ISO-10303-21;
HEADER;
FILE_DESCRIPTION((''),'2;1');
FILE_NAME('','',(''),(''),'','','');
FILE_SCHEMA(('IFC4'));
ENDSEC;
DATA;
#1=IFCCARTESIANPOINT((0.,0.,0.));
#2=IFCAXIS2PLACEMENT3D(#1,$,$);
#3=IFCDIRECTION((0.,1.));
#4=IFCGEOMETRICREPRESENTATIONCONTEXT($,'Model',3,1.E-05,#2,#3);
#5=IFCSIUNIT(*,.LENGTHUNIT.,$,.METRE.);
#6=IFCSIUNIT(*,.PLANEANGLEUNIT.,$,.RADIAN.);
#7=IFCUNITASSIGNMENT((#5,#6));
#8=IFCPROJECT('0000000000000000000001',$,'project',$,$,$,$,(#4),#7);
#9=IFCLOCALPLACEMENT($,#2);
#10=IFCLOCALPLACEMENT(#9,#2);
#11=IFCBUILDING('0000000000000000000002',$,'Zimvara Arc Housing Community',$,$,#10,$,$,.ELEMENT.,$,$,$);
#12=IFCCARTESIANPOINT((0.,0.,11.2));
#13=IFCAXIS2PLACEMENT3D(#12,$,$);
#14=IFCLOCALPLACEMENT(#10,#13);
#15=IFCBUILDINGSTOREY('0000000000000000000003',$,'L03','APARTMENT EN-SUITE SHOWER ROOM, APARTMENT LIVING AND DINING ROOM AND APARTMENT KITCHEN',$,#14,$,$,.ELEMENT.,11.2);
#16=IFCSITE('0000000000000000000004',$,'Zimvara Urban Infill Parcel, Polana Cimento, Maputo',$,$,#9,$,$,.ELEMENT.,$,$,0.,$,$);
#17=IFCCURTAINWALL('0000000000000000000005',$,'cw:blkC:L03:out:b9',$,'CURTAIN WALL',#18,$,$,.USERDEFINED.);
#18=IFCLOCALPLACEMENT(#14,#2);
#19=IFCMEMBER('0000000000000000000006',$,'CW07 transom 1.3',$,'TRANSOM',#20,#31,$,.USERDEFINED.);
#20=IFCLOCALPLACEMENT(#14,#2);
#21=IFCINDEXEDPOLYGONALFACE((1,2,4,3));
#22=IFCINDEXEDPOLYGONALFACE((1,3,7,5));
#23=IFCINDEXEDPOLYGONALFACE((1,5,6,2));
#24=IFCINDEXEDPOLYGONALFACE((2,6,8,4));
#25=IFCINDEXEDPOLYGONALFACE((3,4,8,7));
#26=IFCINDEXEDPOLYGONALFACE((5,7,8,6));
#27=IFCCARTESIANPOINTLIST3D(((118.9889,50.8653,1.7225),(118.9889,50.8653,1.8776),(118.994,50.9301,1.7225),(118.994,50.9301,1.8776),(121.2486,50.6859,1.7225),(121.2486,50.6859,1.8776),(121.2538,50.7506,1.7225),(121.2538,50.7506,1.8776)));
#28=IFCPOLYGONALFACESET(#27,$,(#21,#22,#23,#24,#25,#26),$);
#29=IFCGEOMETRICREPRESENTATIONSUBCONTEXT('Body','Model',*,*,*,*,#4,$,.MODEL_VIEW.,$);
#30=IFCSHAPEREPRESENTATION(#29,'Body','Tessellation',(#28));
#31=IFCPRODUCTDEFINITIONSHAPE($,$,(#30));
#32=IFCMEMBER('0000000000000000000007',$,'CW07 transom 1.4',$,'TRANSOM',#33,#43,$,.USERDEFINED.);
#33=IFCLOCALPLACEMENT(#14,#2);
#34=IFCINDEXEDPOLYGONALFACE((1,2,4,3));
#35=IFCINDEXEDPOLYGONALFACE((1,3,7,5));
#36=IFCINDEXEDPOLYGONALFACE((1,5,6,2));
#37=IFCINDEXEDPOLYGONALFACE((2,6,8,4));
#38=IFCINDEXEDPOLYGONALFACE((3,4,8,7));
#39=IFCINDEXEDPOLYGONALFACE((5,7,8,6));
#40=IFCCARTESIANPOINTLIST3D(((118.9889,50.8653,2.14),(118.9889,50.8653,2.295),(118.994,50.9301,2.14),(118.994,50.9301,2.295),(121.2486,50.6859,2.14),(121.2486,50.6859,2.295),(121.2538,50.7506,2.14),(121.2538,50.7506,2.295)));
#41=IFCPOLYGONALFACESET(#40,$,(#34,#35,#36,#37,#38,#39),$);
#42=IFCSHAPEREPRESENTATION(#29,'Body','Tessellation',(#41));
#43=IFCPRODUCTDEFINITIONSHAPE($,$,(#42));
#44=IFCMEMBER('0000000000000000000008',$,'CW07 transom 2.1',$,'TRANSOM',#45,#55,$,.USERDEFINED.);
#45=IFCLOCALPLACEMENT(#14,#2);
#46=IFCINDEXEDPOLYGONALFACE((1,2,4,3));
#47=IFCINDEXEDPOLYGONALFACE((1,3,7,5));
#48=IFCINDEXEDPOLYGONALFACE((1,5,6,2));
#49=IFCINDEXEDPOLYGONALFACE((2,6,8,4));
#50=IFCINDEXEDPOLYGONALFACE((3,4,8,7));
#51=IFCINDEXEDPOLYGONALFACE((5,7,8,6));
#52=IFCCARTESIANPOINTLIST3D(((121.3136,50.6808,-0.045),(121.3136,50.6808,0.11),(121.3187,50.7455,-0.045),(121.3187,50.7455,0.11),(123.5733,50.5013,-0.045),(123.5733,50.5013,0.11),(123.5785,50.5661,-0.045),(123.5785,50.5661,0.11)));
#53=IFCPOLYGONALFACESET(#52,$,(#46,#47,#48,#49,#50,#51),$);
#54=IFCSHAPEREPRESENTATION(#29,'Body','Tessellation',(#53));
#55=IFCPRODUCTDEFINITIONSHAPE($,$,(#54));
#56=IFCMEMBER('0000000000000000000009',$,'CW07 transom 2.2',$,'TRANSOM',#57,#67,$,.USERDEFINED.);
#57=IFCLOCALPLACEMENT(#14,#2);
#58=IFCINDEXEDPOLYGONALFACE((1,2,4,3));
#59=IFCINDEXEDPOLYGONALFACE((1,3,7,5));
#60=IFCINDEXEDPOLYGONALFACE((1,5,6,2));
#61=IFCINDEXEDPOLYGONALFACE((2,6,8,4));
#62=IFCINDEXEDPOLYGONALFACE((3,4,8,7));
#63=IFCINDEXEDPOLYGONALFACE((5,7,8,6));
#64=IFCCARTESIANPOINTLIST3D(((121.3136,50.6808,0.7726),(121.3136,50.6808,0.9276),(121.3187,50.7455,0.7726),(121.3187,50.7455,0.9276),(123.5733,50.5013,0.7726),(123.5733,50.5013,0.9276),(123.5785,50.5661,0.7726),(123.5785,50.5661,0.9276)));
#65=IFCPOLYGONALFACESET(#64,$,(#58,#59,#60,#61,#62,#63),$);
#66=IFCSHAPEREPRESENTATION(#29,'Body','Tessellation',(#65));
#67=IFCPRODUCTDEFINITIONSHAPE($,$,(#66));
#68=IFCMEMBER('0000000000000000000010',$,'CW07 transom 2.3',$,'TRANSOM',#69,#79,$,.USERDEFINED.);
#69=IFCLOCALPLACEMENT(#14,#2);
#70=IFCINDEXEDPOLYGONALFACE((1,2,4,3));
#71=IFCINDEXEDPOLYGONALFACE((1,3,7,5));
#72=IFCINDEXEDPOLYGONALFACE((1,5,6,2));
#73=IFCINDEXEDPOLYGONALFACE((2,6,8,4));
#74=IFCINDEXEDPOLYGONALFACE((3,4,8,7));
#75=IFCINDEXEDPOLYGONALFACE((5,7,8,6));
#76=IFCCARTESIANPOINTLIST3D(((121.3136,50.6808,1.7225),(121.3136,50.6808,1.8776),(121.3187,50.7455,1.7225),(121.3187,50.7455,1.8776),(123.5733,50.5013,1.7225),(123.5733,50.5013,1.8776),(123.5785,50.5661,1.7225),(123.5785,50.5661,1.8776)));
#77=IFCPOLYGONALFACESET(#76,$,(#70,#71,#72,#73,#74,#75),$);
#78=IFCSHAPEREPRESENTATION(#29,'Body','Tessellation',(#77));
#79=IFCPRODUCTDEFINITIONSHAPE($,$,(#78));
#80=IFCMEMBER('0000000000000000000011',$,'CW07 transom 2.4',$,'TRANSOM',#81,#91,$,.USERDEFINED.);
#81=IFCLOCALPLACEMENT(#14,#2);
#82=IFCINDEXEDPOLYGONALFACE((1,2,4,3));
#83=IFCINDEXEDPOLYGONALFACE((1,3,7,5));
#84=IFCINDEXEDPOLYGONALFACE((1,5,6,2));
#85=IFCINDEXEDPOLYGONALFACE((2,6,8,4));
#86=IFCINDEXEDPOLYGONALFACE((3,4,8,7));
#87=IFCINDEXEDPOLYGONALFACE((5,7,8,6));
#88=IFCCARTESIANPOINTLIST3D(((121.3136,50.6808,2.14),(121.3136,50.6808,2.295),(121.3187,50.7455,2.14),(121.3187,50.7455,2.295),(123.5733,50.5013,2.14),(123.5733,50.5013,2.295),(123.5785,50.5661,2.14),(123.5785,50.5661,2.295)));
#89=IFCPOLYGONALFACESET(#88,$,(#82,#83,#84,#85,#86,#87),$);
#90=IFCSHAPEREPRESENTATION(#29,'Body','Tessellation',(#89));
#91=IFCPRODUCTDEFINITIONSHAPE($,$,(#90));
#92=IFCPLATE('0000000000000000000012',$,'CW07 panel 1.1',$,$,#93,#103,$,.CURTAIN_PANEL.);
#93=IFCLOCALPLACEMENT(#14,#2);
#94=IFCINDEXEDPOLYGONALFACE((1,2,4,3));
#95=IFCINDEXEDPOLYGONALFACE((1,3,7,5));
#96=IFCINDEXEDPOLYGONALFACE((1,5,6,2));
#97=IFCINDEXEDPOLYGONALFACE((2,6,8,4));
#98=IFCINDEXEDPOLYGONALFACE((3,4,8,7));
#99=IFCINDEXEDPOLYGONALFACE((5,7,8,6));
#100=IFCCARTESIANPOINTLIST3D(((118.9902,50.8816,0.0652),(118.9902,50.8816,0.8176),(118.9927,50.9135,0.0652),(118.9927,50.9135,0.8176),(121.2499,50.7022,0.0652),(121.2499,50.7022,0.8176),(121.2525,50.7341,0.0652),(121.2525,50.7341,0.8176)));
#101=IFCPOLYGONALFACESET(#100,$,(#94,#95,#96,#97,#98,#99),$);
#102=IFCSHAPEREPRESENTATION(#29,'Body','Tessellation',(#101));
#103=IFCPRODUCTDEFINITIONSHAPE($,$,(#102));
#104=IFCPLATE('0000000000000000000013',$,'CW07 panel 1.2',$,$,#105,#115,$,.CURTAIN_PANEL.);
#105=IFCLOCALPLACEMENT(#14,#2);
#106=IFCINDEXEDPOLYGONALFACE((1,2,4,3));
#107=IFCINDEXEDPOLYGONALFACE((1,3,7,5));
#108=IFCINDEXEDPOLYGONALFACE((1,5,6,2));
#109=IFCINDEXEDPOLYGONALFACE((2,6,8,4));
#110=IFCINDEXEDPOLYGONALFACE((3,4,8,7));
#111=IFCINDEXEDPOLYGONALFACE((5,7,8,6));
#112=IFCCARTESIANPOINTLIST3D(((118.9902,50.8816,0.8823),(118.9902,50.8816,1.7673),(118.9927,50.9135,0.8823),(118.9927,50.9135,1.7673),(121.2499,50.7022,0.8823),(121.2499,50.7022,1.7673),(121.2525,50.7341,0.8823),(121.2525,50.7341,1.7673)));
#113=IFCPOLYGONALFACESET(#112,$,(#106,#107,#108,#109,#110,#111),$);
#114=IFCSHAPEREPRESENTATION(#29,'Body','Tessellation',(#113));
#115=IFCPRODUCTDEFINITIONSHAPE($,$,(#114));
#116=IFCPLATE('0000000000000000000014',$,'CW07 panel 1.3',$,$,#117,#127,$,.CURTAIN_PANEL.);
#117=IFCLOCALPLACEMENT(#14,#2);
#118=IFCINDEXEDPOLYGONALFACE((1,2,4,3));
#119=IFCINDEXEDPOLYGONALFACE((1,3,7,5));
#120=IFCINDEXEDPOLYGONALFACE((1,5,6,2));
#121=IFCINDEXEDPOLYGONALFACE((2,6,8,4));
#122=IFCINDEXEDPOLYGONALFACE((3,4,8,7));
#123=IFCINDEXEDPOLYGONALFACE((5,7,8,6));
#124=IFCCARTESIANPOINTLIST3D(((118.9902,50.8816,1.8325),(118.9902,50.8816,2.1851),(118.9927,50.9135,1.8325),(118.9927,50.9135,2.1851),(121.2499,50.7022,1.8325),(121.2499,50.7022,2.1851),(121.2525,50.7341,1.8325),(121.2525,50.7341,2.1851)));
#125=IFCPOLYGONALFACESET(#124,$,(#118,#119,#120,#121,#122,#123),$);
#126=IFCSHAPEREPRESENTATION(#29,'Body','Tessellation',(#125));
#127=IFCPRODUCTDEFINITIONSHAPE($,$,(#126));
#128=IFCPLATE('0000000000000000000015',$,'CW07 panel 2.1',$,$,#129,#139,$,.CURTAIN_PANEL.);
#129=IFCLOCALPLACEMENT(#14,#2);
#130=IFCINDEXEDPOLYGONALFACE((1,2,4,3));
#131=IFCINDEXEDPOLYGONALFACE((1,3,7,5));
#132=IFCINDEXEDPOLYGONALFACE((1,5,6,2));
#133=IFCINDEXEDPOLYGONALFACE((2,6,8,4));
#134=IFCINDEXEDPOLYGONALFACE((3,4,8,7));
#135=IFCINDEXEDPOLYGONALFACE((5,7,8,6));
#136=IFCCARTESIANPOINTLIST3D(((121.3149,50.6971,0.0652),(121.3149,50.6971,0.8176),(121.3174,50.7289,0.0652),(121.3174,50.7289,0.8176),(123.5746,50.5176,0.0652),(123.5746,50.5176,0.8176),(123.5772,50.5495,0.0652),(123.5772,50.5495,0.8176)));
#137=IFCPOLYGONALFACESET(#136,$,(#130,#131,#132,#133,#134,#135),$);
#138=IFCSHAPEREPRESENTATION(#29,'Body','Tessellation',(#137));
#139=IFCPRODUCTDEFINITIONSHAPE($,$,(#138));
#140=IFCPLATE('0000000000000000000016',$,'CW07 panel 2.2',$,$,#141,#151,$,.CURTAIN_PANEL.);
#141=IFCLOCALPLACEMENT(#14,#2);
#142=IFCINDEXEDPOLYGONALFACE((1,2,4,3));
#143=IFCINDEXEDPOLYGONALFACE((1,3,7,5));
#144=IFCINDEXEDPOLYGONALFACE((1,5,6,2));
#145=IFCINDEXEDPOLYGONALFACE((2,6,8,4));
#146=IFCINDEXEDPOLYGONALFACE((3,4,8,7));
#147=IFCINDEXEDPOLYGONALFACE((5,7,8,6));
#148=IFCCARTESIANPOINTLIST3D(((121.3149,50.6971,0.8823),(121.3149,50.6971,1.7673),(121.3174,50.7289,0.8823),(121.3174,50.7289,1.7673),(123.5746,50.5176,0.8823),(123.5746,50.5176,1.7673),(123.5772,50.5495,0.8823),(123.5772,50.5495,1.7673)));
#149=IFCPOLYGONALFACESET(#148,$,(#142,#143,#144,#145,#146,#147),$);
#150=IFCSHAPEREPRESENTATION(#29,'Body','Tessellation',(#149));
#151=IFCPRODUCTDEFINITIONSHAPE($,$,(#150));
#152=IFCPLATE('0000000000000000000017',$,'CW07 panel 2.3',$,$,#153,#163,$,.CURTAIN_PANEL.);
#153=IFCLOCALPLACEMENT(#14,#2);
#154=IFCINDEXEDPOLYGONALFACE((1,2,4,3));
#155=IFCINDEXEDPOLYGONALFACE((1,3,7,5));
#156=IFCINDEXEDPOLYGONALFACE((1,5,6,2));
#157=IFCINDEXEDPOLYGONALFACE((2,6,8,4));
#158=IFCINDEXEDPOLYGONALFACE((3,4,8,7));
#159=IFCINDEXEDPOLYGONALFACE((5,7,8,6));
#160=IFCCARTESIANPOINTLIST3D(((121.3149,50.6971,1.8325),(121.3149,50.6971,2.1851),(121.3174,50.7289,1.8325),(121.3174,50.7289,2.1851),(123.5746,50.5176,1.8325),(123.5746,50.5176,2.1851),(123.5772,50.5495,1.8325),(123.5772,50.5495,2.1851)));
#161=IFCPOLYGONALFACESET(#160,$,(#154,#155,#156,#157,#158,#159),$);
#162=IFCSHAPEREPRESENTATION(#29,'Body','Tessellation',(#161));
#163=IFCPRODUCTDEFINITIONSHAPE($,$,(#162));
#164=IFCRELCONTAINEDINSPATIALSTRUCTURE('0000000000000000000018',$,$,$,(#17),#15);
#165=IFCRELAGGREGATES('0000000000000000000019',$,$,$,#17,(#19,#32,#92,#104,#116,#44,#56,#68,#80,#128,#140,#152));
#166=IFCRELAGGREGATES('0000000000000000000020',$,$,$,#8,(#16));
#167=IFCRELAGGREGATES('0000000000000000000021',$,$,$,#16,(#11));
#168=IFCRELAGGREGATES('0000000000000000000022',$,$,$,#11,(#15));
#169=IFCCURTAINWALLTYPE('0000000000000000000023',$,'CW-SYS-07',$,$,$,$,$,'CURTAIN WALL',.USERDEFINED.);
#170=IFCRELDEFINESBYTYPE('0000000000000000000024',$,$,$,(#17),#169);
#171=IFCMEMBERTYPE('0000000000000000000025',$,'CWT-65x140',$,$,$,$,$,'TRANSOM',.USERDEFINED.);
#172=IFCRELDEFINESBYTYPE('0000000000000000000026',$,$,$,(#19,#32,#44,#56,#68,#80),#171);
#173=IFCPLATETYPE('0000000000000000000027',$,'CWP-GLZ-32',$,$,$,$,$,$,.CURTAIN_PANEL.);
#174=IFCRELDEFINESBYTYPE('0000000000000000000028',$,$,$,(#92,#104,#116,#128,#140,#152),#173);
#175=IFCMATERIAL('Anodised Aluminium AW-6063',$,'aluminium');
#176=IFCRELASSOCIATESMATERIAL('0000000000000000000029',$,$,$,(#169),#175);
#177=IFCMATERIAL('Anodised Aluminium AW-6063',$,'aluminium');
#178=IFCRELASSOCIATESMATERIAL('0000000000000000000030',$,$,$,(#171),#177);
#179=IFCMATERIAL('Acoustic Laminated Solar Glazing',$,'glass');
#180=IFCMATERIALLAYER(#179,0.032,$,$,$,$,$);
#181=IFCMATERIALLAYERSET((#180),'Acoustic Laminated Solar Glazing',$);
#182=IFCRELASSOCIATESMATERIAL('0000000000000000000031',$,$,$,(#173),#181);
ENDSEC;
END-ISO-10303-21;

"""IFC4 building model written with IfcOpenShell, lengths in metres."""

from ifc_helpers import new_model, si_unit, direction, frame, origin, origin_2d, place, context, subcontext, project, spatial, rectangle, extrude, material, layer, layer_set, material_profile, profile_set, type_object, element, aggregate, save


model = new_model("IFC4")

# Units and contexts
model_context = context("Model", 3, precision=1e-05, world=origin(), true_north=direction((0.0, 1.0)))
body_context = subcontext(model_context, "Body", "Model", "MODEL_VIEW")
ifc_project = project(units=[si_unit("LENGTHUNIT", "METRE"), si_unit("PLANEANGLEUNIT", "RADIAN")], contexts=[model_context])

# Site, building, storey
site_placement = place(None, origin())
site = spatial("IfcSite", under=ifc_project, at=site_placement, Name="Zimvara Urban Infill Parcel, Polana Cimento, Maputo", CompositionType="ELEMENT", RefElevation=0.0)
building_placement = place(site_placement, origin())
building = spatial("IfcBuilding", under=site, at=building_placement, Name="Zimvara Arc Housing Community", CompositionType="ELEMENT")
storey_placement = place(building_placement, frame((0.0, 0.0, 11.2)))
storey = spatial("IfcBuildingStorey", under=building, at=storey_placement, Name="L03", Description="APARTMENT EN-SUITE SHOWER ROOM, APARTMENT LIVING AND DINING ROOM AND APARTMENT KITCHEN", CompositionType="ELEMENT", Elevation=11.2)

# Curtain wall, members, plates
ifc_material_1 = material(Name="Anodised Aluminium AW-6063", Category="aluminium")
curtain_wall_type = type_object("IfcCurtainWallType", Name="CW-SYS-07", ElementType="CURTAIN WALL", PredefinedType="USERDEFINED", material=ifc_material_1)
curtain_wall_placement = place(storey_placement, origin())
curtain_wall = element("IfcCurtainWall", 1, at=curtain_wall_placement, inside=storey, type_object=curtain_wall_type, Name="cw:blkC:L03:out:b9", ObjectType="CURTAIN WALL", PredefinedType="USERDEFINED")
ifc_material_2 = material(Name="Anodised Aluminium AW-6063", Category="aluminium")
ifc_material_profile_1 = material_profile(ifc_material_2, rectangle(XDim=0.0649, YDim=0.155, at=origin_2d()), Name="ALU 65x155")
ifc_profile_set_1 = profile_set([ifc_material_profile_1], Name="Anodised Aluminium AW-6063")
member_type_1 = type_object("IfcMemberType", Name="CWT-65x140", ElementType="TRANSOM", PredefinedType="USERDEFINED", material=ifc_profile_set_1)
member_1_placement = place(storey_placement, frame((118.9915, 50.8977, 1.8), z_axis=(0.996862, -0.079159, 0.0), x_axis=(0.079159, 0.996862, 0.0)))
member_1 = element("IfcMember", 2, at=member_1_placement, type_object=member_type_1, Name="CW07 transom 1.3", ObjectType="TRANSOM", PredefinedType="USERDEFINED", context=body_context, shape_type="SweptSolid", body=[
    extrude(rectangle(XDim=0.0649, YDim=0.155, at=origin_2d()), origin(), (0.0, 0.0, 1.0), 2.2668),
])
member_2_placement = place(storey_placement, frame((118.9915, 50.8977, 2.2175), z_axis=(0.996862, -0.079159, 0.0), x_axis=(0.079159, 0.996862, 0.0)))
member_2 = element("IfcMember", 3, at=member_2_placement, type_object=member_type_1, Name="CW07 transom 1.4", ObjectType="TRANSOM", PredefinedType="USERDEFINED", context=body_context, shape_type="SweptSolid", body=[
    extrude(rectangle(XDim=0.0649, YDim=0.155, at=origin_2d()), origin(), (0.0, 0.0, 1.0), 2.2668),
])
member_3_placement = place(storey_placement, frame((121.3162, 50.7131, 0.0325), z_axis=(0.996862, -0.079159, 0.0), x_axis=(0.079159, 0.996862, 0.0)))
member_3 = element("IfcMember", 4, at=member_3_placement, type_object=member_type_1, Name="CW07 transom 2.1", ObjectType="TRANSOM", PredefinedType="USERDEFINED", context=body_context, shape_type="SweptSolid", body=[
    extrude(rectangle(XDim=0.0649, YDim=0.155, at=origin_2d()), origin(), (0.0, 0.0, 1.0), 2.2668),
])
member_4_placement = place(storey_placement, frame((121.3162, 50.7131, 0.8501), z_axis=(0.996862, -0.079159, 0.0), x_axis=(0.079159, 0.996862, 0.0)))
member_4 = element("IfcMember", 5, at=member_4_placement, type_object=member_type_1, Name="CW07 transom 2.2", ObjectType="TRANSOM", PredefinedType="USERDEFINED", context=body_context, shape_type="SweptSolid", body=[
    extrude(rectangle(XDim=0.0649, YDim=0.155, at=origin_2d()), origin(), (0.0, 0.0, 1.0), 2.2668),
])
member_5_placement = place(storey_placement, frame((121.3162, 50.7131, 1.8), z_axis=(0.996862, -0.079159, 0.0), x_axis=(0.079159, 0.996862, 0.0)))
member_5 = element("IfcMember", 6, at=member_5_placement, type_object=member_type_1, Name="CW07 transom 2.3", ObjectType="TRANSOM", PredefinedType="USERDEFINED", context=body_context, shape_type="SweptSolid", body=[
    extrude(rectangle(XDim=0.0649, YDim=0.155, at=origin_2d()), origin(), (0.0, 0.0, 1.0), 2.2668),
])
member_6_placement = place(storey_placement, frame((121.3162, 50.7131, 2.2175), z_axis=(0.996862, -0.079159, 0.0), x_axis=(0.079159, 0.996862, 0.0)))
member_6 = element("IfcMember", 7, at=member_6_placement, type_object=member_type_1, Name="CW07 transom 2.4", ObjectType="TRANSOM", PredefinedType="USERDEFINED", context=body_context, shape_type="SweptSolid", body=[
    extrude(rectangle(XDim=0.0649, YDim=0.155, at=origin_2d()), origin(), (0.0, 0.0, 1.0), 2.2668),
])
ifc_material_3 = material(Name="Acoustic Laminated Solar Glazing", Category="glass")
ifc_layer_1 = layer(ifc_material_3, 0.032)
ifc_layer_set_1 = layer_set([ifc_layer_1], Name="Acoustic Laminated Solar Glazing")
plate_type = type_object("IfcPlateType", Name="CWP-GLZ-32", PredefinedType="CURTAIN_PANEL", material=ifc_layer_set_1)
plate_1_placement = place(storey_placement, frame((120.1213, 50.8079, 0.0652), z_axis=(0.0, 0.0, 1.0), x_axis=(0.996862, -0.079154, 0.0)))
plate_1 = element("IfcPlate", 8, at=plate_1_placement, type_object=plate_type, Name="CW07 panel 1.1", PredefinedType="CURTAIN_PANEL", context=body_context, shape_type="SweptSolid", body=[
    extrude(rectangle(XDim=2.2668, YDim=0.032, at=origin_2d()), origin(), (0.0, 0.0, 1.0), 0.7524),
])
plate_2_placement = place(storey_placement, frame((120.1213, 50.8079, 0.8823), z_axis=(0.0, 0.0, 1.0), x_axis=(0.996862, -0.079154, 0.0)))
plate_2 = element("IfcPlate", 9, at=plate_2_placement, type_object=plate_type, Name="CW07 panel 1.2", PredefinedType="CURTAIN_PANEL", context=body_context, shape_type="SweptSolid", body=[
    extrude(rectangle(XDim=2.2668, YDim=0.032, at=origin_2d()), origin(), (0.0, 0.0, 1.0), 0.885),
])
plate_3_placement = place(storey_placement, frame((120.1213, 50.8079, 1.8325), z_axis=(0.0, 0.0, 1.0), x_axis=(0.996862, -0.079154, 0.0)))
plate_3 = element("IfcPlate", 10, at=plate_3_placement, type_object=plate_type, Name="CW07 panel 1.3", PredefinedType="CURTAIN_PANEL", context=body_context, shape_type="SweptSolid", body=[
    extrude(rectangle(XDim=2.2668, YDim=0.032, at=origin_2d()), origin(), (0.0, 0.0, 1.0), 0.3525),
])
plate_4_placement = place(storey_placement, frame((122.446, 50.6233, 0.0652), z_axis=(0.0, 0.0, 1.0), x_axis=(0.996862, -0.079154, 0.0)))
plate_4 = element("IfcPlate", 11, at=plate_4_placement, type_object=plate_type, Name="CW07 panel 2.1", PredefinedType="CURTAIN_PANEL", context=body_context, shape_type="SweptSolid", body=[
    extrude(rectangle(XDim=2.2668, YDim=0.032, at=origin_2d()), origin(), (0.0, 0.0, 1.0), 0.7524),
])
plate_5_placement = place(storey_placement, frame((122.446, 50.6233, 0.8823), z_axis=(0.0, 0.0, 1.0), x_axis=(0.996862, -0.079154, 0.0)))
plate_5 = element("IfcPlate", 12, at=plate_5_placement, type_object=plate_type, Name="CW07 panel 2.2", PredefinedType="CURTAIN_PANEL", context=body_context, shape_type="SweptSolid", body=[
    extrude(rectangle(XDim=2.2668, YDim=0.032, at=origin_2d()), origin(), (0.0, 0.0, 1.0), 0.885),
])
plate_6_placement = place(storey_placement, frame((122.446, 50.6233, 1.8325), z_axis=(0.0, 0.0, 1.0), x_axis=(0.996862, -0.079154, 0.0)))
plate_6 = element("IfcPlate", 13, at=plate_6_placement, type_object=plate_type, Name="CW07 panel 2.3", PredefinedType="CURTAIN_PANEL", context=body_context, shape_type="SweptSolid", body=[
    extrude(rectangle(XDim=2.2668, YDim=0.032, at=origin_2d()), origin(), (0.0, 0.0, 1.0), 0.3525),
])
aggregate(curtain_wall, [member_1, member_2, plate_1, plate_2, plate_3, member_3, member_4, member_5, member_6, plate_4, plate_5, plate_6])

save(model, "model.ifc")
